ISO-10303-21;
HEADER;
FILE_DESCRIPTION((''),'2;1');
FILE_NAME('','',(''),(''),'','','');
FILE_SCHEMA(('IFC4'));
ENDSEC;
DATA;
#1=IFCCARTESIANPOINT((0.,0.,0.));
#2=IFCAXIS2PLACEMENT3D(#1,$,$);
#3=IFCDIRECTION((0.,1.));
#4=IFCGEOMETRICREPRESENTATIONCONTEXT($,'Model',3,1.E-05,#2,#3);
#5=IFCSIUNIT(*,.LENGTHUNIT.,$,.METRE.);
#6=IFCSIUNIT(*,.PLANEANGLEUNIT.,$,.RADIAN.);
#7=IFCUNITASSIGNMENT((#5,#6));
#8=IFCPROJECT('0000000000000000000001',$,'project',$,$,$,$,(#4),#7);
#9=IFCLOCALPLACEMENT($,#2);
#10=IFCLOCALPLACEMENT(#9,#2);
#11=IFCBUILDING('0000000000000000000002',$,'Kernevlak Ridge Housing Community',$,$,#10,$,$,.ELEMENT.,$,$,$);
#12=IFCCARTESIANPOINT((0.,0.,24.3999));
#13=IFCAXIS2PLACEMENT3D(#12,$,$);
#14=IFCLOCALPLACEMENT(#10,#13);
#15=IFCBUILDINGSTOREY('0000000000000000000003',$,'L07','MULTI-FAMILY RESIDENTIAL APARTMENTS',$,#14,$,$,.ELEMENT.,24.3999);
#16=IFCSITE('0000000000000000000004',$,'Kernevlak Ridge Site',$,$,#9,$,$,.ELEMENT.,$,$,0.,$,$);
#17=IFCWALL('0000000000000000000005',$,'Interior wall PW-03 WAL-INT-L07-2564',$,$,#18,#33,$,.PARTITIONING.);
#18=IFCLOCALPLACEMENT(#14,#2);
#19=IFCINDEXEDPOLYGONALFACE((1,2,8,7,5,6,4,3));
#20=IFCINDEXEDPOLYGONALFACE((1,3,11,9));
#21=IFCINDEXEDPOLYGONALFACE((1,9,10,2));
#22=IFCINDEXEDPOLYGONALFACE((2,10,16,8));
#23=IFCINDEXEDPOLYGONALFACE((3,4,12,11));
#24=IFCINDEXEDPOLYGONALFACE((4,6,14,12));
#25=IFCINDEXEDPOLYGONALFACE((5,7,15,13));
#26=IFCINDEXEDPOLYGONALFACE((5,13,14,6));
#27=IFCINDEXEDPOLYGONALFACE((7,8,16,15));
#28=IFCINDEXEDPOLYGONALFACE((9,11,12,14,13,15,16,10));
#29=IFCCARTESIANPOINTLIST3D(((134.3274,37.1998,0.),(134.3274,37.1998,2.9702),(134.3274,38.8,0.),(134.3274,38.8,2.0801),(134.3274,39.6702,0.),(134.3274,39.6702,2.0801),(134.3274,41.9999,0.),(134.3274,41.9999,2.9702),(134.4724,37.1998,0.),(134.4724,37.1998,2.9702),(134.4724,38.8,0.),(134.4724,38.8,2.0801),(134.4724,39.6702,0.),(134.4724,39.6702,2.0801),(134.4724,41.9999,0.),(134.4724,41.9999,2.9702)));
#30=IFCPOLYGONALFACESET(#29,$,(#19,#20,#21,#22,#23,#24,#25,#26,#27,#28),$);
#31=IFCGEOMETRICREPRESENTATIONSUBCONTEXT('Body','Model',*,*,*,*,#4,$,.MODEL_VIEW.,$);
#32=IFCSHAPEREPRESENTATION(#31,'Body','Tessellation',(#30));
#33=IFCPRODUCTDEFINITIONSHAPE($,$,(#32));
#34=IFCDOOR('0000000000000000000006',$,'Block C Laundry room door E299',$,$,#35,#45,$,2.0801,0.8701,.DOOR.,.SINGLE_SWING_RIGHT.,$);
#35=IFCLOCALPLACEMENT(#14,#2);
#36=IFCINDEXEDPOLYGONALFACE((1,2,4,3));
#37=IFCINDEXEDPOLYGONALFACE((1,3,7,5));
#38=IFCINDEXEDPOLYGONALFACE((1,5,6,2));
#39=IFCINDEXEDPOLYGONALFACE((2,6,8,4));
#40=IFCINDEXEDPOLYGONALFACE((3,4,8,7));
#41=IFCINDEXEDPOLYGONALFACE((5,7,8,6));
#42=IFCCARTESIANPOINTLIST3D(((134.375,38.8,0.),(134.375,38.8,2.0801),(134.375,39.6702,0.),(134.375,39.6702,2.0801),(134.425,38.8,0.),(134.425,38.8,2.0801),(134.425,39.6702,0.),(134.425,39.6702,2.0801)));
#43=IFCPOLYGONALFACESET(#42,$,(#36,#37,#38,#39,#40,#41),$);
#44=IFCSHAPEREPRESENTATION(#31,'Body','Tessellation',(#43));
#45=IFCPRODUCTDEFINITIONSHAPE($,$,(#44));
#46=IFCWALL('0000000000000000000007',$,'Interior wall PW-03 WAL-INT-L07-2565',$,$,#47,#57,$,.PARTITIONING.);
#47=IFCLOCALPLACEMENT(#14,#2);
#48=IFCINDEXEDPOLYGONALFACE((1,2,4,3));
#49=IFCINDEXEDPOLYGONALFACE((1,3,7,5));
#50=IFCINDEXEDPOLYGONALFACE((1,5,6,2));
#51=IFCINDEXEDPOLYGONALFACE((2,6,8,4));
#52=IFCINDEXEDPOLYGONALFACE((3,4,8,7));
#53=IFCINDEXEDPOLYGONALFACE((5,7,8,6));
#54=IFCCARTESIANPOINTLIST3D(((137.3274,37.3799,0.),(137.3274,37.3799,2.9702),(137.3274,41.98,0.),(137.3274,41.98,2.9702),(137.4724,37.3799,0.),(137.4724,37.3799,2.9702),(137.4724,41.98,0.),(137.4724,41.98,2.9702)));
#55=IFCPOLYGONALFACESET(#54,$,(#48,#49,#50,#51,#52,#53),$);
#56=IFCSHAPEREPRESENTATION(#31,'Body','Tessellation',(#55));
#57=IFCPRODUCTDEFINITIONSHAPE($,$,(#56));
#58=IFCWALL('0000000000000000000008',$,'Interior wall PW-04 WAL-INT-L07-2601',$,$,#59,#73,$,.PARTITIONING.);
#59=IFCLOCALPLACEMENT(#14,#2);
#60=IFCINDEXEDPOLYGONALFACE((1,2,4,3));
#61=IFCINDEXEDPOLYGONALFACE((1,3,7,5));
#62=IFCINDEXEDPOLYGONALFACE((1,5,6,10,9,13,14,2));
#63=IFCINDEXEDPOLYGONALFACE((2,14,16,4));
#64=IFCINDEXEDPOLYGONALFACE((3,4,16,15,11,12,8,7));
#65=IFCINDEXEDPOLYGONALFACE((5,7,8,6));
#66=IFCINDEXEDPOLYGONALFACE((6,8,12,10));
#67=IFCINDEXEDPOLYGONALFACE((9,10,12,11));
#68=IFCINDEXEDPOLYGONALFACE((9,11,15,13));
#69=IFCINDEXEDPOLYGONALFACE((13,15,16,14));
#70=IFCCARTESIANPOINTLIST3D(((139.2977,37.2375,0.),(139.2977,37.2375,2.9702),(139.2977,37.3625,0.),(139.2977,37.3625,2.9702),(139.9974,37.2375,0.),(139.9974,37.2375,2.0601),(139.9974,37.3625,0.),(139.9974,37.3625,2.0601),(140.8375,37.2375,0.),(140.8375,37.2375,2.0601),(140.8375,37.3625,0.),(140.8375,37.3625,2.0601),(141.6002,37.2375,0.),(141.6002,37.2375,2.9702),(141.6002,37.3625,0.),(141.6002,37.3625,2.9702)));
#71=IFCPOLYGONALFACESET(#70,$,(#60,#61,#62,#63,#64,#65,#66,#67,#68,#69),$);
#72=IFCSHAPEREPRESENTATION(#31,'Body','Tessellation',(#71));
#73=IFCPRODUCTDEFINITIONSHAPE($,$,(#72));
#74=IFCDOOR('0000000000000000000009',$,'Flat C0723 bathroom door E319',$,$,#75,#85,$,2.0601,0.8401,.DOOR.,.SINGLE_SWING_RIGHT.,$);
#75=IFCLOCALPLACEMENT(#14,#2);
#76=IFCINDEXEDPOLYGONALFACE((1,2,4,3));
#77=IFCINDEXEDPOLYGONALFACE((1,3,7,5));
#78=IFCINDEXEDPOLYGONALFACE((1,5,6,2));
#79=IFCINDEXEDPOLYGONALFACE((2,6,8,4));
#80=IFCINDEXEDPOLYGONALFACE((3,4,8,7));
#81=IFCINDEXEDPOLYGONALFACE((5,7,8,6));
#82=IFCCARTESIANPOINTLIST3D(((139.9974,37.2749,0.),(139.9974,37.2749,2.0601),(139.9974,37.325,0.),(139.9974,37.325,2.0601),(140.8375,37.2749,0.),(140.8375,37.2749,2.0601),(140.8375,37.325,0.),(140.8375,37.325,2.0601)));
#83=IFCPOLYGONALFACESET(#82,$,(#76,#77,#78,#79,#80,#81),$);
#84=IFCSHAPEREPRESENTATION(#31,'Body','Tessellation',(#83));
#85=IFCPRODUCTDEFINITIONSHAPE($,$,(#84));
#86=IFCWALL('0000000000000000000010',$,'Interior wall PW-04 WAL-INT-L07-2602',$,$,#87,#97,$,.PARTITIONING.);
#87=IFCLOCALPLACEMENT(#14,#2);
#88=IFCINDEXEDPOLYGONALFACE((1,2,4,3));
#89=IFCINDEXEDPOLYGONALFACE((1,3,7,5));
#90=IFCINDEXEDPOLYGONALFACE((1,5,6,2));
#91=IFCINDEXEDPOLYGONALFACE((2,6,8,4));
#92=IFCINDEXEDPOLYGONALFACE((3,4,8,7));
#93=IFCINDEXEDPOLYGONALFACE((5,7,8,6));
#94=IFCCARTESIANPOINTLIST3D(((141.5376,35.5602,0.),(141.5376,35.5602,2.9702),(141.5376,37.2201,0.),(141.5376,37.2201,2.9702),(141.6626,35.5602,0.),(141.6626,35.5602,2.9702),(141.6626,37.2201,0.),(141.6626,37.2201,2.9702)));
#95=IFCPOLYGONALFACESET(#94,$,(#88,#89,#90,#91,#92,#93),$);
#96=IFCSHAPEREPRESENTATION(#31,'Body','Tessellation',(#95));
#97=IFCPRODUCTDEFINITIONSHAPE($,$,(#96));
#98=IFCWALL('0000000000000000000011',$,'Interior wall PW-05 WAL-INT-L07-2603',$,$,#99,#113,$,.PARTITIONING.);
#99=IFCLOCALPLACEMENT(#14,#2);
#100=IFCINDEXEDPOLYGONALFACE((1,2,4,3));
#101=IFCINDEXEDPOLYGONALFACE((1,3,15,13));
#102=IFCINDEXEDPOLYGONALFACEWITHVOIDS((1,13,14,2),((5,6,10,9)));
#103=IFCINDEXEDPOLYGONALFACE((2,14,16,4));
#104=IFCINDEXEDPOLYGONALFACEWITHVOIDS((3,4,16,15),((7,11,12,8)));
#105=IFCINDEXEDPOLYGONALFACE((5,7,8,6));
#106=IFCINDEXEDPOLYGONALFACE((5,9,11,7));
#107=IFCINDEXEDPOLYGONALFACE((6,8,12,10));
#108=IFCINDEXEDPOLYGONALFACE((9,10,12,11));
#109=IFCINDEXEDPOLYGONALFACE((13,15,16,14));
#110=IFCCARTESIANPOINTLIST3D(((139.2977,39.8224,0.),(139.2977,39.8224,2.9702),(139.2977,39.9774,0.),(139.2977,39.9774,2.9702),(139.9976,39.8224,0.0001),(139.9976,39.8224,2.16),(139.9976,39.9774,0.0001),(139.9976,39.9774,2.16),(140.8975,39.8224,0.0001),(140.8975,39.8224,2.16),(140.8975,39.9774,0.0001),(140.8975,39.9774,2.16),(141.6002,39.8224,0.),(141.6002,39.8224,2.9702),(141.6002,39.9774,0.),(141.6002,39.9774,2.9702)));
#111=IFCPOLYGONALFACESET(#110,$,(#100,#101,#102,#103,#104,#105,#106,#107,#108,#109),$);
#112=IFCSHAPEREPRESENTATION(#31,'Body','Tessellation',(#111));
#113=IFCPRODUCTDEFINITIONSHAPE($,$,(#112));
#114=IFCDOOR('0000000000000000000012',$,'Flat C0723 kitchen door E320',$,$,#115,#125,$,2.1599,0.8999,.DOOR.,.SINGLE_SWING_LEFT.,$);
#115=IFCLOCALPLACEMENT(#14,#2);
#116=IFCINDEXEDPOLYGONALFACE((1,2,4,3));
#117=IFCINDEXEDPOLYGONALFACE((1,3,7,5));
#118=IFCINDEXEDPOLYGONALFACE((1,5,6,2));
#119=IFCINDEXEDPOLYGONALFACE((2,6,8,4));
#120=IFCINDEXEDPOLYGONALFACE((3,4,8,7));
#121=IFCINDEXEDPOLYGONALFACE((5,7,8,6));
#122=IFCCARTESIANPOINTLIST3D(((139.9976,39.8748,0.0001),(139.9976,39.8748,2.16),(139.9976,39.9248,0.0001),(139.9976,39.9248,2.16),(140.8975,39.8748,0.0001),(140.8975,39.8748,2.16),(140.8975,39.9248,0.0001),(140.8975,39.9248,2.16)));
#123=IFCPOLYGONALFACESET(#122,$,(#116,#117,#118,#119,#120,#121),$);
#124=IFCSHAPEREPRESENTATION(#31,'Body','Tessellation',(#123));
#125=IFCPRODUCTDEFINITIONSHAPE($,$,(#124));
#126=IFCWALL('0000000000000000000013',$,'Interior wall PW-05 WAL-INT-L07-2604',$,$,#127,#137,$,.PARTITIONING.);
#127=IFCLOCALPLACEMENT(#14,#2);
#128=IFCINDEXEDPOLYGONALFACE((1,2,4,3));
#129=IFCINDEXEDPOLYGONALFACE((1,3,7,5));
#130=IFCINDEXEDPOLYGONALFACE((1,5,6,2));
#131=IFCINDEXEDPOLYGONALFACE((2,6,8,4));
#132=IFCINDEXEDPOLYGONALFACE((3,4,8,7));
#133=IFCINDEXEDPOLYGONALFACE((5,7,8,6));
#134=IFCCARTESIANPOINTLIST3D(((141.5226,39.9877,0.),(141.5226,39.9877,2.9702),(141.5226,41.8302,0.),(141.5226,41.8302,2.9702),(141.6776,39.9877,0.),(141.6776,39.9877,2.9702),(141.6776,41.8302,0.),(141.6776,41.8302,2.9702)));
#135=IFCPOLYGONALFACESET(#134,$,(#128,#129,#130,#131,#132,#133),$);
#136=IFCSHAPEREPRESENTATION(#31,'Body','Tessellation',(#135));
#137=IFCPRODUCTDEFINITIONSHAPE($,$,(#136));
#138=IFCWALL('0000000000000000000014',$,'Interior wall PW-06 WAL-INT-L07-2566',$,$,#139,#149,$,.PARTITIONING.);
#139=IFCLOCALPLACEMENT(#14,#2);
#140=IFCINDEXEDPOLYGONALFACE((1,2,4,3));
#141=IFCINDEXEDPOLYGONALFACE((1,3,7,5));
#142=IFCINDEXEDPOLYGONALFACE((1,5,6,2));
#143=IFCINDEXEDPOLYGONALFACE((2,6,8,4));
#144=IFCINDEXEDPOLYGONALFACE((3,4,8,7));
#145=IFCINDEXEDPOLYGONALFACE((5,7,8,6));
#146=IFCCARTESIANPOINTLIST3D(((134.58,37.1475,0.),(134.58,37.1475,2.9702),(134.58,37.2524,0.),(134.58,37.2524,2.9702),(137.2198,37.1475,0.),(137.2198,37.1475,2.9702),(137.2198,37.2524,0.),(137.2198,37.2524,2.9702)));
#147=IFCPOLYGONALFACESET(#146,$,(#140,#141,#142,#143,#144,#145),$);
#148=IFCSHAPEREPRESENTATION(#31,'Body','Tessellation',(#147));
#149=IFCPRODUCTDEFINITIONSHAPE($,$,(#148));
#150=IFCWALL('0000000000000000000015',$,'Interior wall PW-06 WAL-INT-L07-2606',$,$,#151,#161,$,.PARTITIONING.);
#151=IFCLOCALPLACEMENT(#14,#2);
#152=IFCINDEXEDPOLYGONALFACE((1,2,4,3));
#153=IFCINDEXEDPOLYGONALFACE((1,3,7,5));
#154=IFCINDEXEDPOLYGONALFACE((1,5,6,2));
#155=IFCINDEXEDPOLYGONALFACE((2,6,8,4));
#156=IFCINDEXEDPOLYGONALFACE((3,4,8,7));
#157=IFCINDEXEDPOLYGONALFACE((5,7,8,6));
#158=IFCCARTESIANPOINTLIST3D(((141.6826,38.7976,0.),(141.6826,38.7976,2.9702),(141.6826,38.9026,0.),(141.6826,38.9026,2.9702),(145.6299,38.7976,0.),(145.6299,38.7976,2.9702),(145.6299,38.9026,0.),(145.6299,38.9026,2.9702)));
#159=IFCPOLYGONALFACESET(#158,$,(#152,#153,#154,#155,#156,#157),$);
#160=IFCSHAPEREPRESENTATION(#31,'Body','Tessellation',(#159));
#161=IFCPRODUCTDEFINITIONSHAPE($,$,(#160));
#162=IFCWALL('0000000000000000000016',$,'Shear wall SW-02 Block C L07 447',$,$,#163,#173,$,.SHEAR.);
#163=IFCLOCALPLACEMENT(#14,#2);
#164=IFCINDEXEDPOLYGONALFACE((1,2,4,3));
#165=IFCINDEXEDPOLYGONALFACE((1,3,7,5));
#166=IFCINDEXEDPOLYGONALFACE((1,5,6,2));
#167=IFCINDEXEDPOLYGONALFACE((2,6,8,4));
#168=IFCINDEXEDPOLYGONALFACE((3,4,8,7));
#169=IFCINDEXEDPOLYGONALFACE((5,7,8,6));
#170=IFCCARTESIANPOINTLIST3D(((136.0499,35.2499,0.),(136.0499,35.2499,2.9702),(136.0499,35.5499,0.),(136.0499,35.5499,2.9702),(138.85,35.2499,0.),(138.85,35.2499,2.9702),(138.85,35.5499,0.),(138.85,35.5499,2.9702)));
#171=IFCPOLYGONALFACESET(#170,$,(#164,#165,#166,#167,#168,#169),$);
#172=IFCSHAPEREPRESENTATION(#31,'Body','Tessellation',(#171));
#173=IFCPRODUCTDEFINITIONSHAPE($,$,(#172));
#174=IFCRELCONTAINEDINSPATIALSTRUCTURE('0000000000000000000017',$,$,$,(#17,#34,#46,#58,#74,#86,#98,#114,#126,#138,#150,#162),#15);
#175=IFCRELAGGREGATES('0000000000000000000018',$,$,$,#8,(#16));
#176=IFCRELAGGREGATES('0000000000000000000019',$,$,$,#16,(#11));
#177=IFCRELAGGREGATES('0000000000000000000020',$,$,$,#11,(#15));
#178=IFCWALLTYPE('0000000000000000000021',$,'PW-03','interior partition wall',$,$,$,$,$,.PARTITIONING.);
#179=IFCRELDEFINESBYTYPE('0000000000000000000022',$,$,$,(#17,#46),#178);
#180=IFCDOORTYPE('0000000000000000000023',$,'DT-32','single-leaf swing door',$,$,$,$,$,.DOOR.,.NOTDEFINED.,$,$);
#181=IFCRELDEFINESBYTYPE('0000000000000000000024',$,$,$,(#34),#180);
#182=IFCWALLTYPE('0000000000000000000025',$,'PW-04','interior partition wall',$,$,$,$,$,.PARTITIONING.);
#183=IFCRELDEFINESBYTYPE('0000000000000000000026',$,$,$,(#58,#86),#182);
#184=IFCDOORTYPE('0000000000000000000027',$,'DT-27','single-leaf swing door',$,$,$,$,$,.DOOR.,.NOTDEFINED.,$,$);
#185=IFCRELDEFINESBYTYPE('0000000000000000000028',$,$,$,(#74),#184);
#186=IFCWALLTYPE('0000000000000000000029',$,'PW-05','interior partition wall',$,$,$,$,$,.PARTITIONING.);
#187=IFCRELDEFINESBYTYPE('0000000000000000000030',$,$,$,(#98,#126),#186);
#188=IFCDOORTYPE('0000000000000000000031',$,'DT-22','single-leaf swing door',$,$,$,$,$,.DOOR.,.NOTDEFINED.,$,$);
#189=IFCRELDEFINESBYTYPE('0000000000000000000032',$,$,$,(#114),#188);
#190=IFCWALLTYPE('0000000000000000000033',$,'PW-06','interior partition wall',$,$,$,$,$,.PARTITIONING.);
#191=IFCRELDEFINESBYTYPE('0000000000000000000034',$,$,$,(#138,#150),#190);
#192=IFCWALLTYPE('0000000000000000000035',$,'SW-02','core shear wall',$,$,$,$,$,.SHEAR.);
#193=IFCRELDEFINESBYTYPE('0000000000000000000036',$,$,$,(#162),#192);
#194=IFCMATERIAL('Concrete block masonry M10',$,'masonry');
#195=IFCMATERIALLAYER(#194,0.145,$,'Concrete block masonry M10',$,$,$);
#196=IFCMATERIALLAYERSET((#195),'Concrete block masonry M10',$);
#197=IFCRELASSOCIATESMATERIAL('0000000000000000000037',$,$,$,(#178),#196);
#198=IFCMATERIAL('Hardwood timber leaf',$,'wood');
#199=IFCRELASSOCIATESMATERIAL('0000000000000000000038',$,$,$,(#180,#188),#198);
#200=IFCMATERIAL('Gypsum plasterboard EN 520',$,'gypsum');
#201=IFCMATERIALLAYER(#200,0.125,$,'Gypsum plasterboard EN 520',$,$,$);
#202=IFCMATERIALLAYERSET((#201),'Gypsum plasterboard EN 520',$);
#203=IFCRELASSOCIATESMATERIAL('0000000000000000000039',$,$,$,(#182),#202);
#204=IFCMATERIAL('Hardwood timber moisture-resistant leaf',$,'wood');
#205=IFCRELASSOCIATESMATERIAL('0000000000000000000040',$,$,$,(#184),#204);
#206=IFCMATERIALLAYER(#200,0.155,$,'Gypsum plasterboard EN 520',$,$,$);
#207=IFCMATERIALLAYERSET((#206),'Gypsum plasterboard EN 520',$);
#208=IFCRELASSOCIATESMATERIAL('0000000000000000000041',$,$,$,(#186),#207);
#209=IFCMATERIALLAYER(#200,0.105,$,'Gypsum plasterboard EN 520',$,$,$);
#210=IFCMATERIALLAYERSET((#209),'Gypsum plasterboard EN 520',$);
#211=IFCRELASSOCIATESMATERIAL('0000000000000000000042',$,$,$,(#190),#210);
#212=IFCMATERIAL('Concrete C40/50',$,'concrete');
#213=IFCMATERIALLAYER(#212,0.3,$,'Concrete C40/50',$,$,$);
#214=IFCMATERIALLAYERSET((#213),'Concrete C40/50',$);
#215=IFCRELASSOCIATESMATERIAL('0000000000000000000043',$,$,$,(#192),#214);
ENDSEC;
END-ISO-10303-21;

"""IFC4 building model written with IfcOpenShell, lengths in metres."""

from ifc_helpers import new_model, si_unit, direction, frame, frame_2d, origin, place, context, subcontext, project, spatial, rectangle, extrude, material, layer, layer_set, type_object, element, fill, save


model = new_model("IFC4")

# Units and contexts
model_context = context("Model", 3, precision=1e-05, world=origin(), true_north=direction((0.0, 1.0)))
body_context = subcontext(model_context, "Body", "Model", "MODEL_VIEW")
ifc_project = project(units=[si_unit("LENGTHUNIT", "METRE"), si_unit("PLANEANGLEUNIT", "RADIAN")], contexts=[model_context])

# Site, building, storey
site_placement = place(None, origin())
site = spatial("IfcSite", under=ifc_project, at=site_placement, Name="Kernevlak Ridge Site", CompositionType="ELEMENT", RefElevation=0.0)
building_placement = place(site_placement, origin())
building = spatial("IfcBuilding", under=site, at=building_placement, Name="Kernevlak Ridge Housing Community", CompositionType="ELEMENT")
storey_placement = place(building_placement, frame((0.0, 0.0, 24.3999)))
storey = spatial("IfcBuildingStorey", under=building, at=storey_placement, Name="L07", Description="MULTI-FAMILY RESIDENTIAL APARTMENTS", CompositionType="ELEMENT", Elevation=24.3999)

# Shared definitions
ifc_material_1 = material(Name="Concrete block masonry M10", Category="masonry")

# Wall, opening, door
ifc_layer_1 = layer(ifc_material_1, 0.145, Name="Concrete block masonry M10")
ifc_layer_set_1 = layer_set([ifc_layer_1], Name="Concrete block masonry M10")
wall_type_1 = type_object("IfcWallType", Name="PW-03", Description="interior partition wall", PredefinedType="PARTITIONING", material=ifc_layer_set_1)
wall_1_placement = place(storey_placement, frame((134.3999, 37.2, 0.0), z_axis=(0.0, 0.0, 1.0), x_axis=(0.0, 1.0, 0.0)))
wall_1 = element("IfcWall", 1, at=wall_1_placement, inside=storey, type_object=wall_type_1, Name="Interior wall PW-03 WAL-INT-L07-2564", PredefinedType="PARTITIONING", context=body_context, shape_type="SweptSolid", body=[
    extrude(rectangle(XDim=4.8, YDim=0.145, at=frame_2d((2.3999, 0.0))), origin(), (0.0, 0.0, 1.0), 2.9702),
])
opening_1_placement = place(wall_1_placement, frame((1.6001, 0.0, 0.0)))
opening_1 = element("IfcOpeningElement", 2, at=opening_1_placement, cuts=wall_1, PredefinedType="OPENING", context=body_context, shape_type="SweptSolid", body=[
    extrude(rectangle(XDim=0.8701, YDim=2.0801, at=frame_2d((0.4351, 1.04))), frame((0.0, 0.0825, 0.0), z_axis=(0.0, -1.0, 0.0), x_axis=(1.0, 0.0, 0.0)), (0.0, 0.0, 1.0), 0.165),
])
ifc_material_2 = material(Name="Hardwood timber leaf", Category="wood")
door_type_1 = type_object("IfcDoorType", Name="DT-32", Description="single-leaf swing door", OperationType="NOTDEFINED", PredefinedType="DOOR", material=ifc_material_2)
door_1_placement = place(opening_1_placement, origin())
door_1 = element("IfcDoor", 3, at=door_1_placement, inside=storey, type_object=door_type_1, Name="Block C Laundry room door E299", OperationType="SINGLE_SWING_RIGHT", OverallHeight=2.0801, OverallWidth=0.8701, PredefinedType="DOOR", context=body_context, shape_type="SweptSolid", body=[
    extrude(rectangle(XDim=0.8701, YDim=2.0801, at=frame_2d((0.4351, 1.04))), frame((0.0, 0.0249, 0.0), z_axis=(0.0, -1.0, 0.0), x_axis=(1.0, 0.0, 0.0)), (0.0, 0.0, 1.0), 0.05),
])
fill(opening_1, door_1)

# Wall
wall_2_placement = place(storey_placement, frame((137.3999, 37.3799, 0.0), z_axis=(0.0, 0.0, 1.0), x_axis=(0.0, 1.0, 0.0)))
element("IfcWall", 4, at=wall_2_placement, inside=storey, type_object=wall_type_1, Name="Interior wall PW-03 WAL-INT-L07-2565", PredefinedType="PARTITIONING", context=body_context, shape_type="SweptSolid", body=[
    extrude(rectangle(XDim=4.6001, YDim=0.145, at=frame_2d((2.3, 0.0))), origin(), (0.0, 0.0, 1.0), 2.9702),
])

# Wall, opening, door
ifc_material_3 = material(Name="Gypsum plasterboard EN 520", Category="gypsum")
ifc_layer_2 = layer(ifc_material_3, 0.125, Name="Gypsum plasterboard EN 520")
ifc_layer_set_2 = layer_set([ifc_layer_2], Name="Gypsum plasterboard EN 520")
wall_type_2 = type_object("IfcWallType", Name="PW-04", Description="interior partition wall", PredefinedType="PARTITIONING", material=ifc_layer_set_2)
wall_3_placement = place(storey_placement, frame((139.2976, 37.3, 0.0), z_axis=(0.0, 0.0, 1.0), x_axis=(1.0, 0.0, 0.0)))
wall_3 = element("IfcWall", 5, at=wall_3_placement, inside=storey, type_object=wall_type_2, Name="Interior wall PW-04 WAL-INT-L07-2601", PredefinedType="PARTITIONING", context=body_context, shape_type="SweptSolid", body=[
    extrude(rectangle(XDim=2.3025, YDim=0.125, at=frame_2d((1.1514, 0.0))), origin(), (0.0, 0.0, 1.0), 2.9702),
])
opening_2_placement = place(wall_3_placement, frame((0.7, 0.0, 0.0)))
opening_2 = element("IfcOpeningElement", 6, at=opening_2_placement, cuts=wall_3, PredefinedType="OPENING", context=body_context, shape_type="SweptSolid", body=[
    extrude(rectangle(XDim=0.8401, YDim=2.0601, at=frame_2d((0.4199, 1.03))), frame((0.0, 0.0725, 0.0), z_axis=(0.0, -1.0, 0.0), x_axis=(1.0, 0.0, 0.0)), (0.0, 0.0, 1.0), 0.145),
])
ifc_material_4 = material(Name="Hardwood timber moisture-resistant leaf", Category="wood")
door_type_2 = type_object("IfcDoorType", Name="DT-27", Description="single-leaf swing door", OperationType="NOTDEFINED", PredefinedType="DOOR", material=ifc_material_4)
door_2_placement = place(opening_2_placement, origin())
door_2 = element("IfcDoor", 7, at=door_2_placement, inside=storey, type_object=door_type_2, Name="Flat C0723 bathroom door E319", OperationType="SINGLE_SWING_RIGHT", OverallHeight=2.0601, OverallWidth=0.8401, PredefinedType="DOOR", context=body_context, shape_type="SweptSolid", body=[
    extrude(rectangle(XDim=0.8401, YDim=2.0601, at=frame_2d((0.4199, 1.03))), frame((0.0, 0.0249, 0.0), z_axis=(0.0, -1.0, 0.0), x_axis=(1.0, 0.0, 0.0)), (0.0, 0.0, 1.0), 0.05),
])
fill(opening_2, door_2)

# Wall
wall_4_placement = place(storey_placement, frame((141.6001, 35.5601, 0.0), z_axis=(0.0, 0.0, 1.0), x_axis=(0.0, 1.0, 0.0)))
element("IfcWall", 8, at=wall_4_placement, inside=storey, type_object=wall_type_2, Name="Interior wall PW-04 WAL-INT-L07-2602", PredefinedType="PARTITIONING", context=body_context, shape_type="SweptSolid", body=[
    extrude(rectangle(XDim=1.6599, YDim=0.125, at=frame_2d((0.8301, 0.0))), origin(), (0.0, 0.0, 1.0), 2.9702),
])

# Wall, opening, door
ifc_layer_3 = layer(ifc_material_3, 0.155, Name="Gypsum plasterboard EN 520")
ifc_layer_set_3 = layer_set([ifc_layer_3], Name="Gypsum plasterboard EN 520")
wall_type_3 = type_object("IfcWallType", Name="PW-05", Description="interior partition wall", PredefinedType="PARTITIONING", material=ifc_layer_set_3)
wall_5_placement = place(storey_placement, frame((139.2976, 39.8999, 0.0), z_axis=(0.0, 0.0, 1.0), x_axis=(1.0, 0.0, 0.0)))
wall_5 = element("IfcWall", 9, at=wall_5_placement, inside=storey, type_object=wall_type_3, Name="Interior wall PW-05 WAL-INT-L07-2603", PredefinedType="PARTITIONING", context=body_context, shape_type="SweptSolid", body=[
    extrude(rectangle(XDim=2.3025, YDim=0.155, at=frame_2d((1.1514, 0.0))), origin(), (0.0, 0.0, 1.0), 2.9702),
])
opening_3_placement = place(wall_5_placement, frame((0.7, 0.0, 0.0)))
opening_3 = element("IfcOpeningElement", 10, at=opening_3_placement, cuts=wall_5, PredefinedType="OPENING", context=body_context, shape_type="SweptSolid", body=[
    extrude(rectangle(XDim=0.8999, YDim=2.1599, at=frame_2d((0.45, 1.0801))), frame((0.0, 0.0874, 0.0), z_axis=(0.0, -1.0, 0.0), x_axis=(1.0, 0.0, 0.0)), (0.0, 0.0, 1.0), 0.175),
])
door_type_3 = type_object("IfcDoorType", Name="DT-22", Description="single-leaf swing door", OperationType="NOTDEFINED", PredefinedType="DOOR", material=ifc_material_2)
door_3_placement = place(opening_3_placement, origin())
door_3 = element("IfcDoor", 11, at=door_3_placement, inside=storey, type_object=door_type_3, Name="Flat C0723 kitchen door E320", OperationType="SINGLE_SWING_LEFT", OverallHeight=2.1599, OverallWidth=0.8999, PredefinedType="DOOR", context=body_context, shape_type="SweptSolid", body=[
    extrude(rectangle(XDim=0.8999, YDim=2.1599, at=frame_2d((0.45, 1.0801))), frame((0.0, 0.0249, 0.0), z_axis=(0.0, -1.0, 0.0), x_axis=(1.0, 0.0, 0.0)), (0.0, 0.0, 1.0), 0.05),
])
fill(opening_3, door_3)

# Walls
wall_6_placement = place(storey_placement, frame((141.6001, 39.9875, 0.0), z_axis=(0.0, 0.0, 1.0), x_axis=(0.0, 1.0, 0.0)))
element("IfcWall", 12, at=wall_6_placement, inside=storey, type_object=wall_type_3, Name="Interior wall PW-05 WAL-INT-L07-2604", PredefinedType="PARTITIONING", context=body_context, shape_type="SweptSolid", body=[
    extrude(rectangle(XDim=1.8425, YDim=0.155, at=frame_2d((0.9214, 0.0))), origin(), (0.0, 0.0, 1.0), 2.9702),
])
ifc_layer_4 = layer(ifc_material_3, 0.105, Name="Gypsum plasterboard EN 520")
ifc_layer_set_4 = layer_set([ifc_layer_4], Name="Gypsum plasterboard EN 520")
wall_type_4 = type_object("IfcWallType", Name="PW-06", Description="interior partition wall", PredefinedType="PARTITIONING", material=ifc_layer_set_4)
wall_7_placement = place(storey_placement, frame((134.5801, 37.2, 0.0), z_axis=(0.0, 0.0, 1.0), x_axis=(1.0, 0.0, 0.0)))
element("IfcWall", 13, at=wall_7_placement, inside=storey, type_object=wall_type_4, Name="Interior wall PW-06 WAL-INT-L07-2566", PredefinedType="PARTITIONING", context=body_context, shape_type="SweptSolid", body=[
    extrude(rectangle(XDim=2.6399, YDim=0.105, at=frame_2d((1.3198, 0.0))), origin(), (0.0, 0.0, 1.0), 2.9702),
])
wall_8_placement = place(storey_placement, frame((141.6826, 38.8501, 0.0), z_axis=(0.0, 0.0, 1.0), x_axis=(1.0, 0.0, 0.0)))
element("IfcWall", 14, at=wall_8_placement, inside=storey, type_object=wall_type_4, Name="Interior wall PW-06 WAL-INT-L07-2606", PredefinedType="PARTITIONING", context=body_context, shape_type="SweptSolid", body=[
    extrude(rectangle(XDim=3.9473, YDim=0.105, at=frame_2d((1.9736, 0.0))), origin(), (0.0, 0.0, 1.0), 2.9702),
])
ifc_material_5 = material(Name="Concrete C40/50", Category="concrete")
ifc_layer_5 = layer(ifc_material_5, 0.3, Name="Concrete C40/50")
ifc_layer_set_5 = layer_set([ifc_layer_5], Name="Concrete C40/50")
wall_type_5 = type_object("IfcWallType", Name="SW-02", Description="core shear wall", PredefinedType="SHEAR", material=ifc_layer_set_5)
wall_9_placement = place(storey_placement, frame((136.05, 35.3999, 0.0), z_axis=(0.0, 0.0, 1.0), x_axis=(1.0, 0.0, 0.0)))
element("IfcWall", 15, at=wall_9_placement, inside=storey, type_object=wall_type_5, Name="Shear wall SW-02 Block C L07 447", PredefinedType="SHEAR", context=body_context, shape_type="SweptSolid", body=[
    extrude(rectangle(XDim=2.8, YDim=0.3, at=frame_2d((1.3999, 0.0))), origin(), (0.0, 0.0, 1.0), 2.9702),
])

save(model, "model.ifc")
